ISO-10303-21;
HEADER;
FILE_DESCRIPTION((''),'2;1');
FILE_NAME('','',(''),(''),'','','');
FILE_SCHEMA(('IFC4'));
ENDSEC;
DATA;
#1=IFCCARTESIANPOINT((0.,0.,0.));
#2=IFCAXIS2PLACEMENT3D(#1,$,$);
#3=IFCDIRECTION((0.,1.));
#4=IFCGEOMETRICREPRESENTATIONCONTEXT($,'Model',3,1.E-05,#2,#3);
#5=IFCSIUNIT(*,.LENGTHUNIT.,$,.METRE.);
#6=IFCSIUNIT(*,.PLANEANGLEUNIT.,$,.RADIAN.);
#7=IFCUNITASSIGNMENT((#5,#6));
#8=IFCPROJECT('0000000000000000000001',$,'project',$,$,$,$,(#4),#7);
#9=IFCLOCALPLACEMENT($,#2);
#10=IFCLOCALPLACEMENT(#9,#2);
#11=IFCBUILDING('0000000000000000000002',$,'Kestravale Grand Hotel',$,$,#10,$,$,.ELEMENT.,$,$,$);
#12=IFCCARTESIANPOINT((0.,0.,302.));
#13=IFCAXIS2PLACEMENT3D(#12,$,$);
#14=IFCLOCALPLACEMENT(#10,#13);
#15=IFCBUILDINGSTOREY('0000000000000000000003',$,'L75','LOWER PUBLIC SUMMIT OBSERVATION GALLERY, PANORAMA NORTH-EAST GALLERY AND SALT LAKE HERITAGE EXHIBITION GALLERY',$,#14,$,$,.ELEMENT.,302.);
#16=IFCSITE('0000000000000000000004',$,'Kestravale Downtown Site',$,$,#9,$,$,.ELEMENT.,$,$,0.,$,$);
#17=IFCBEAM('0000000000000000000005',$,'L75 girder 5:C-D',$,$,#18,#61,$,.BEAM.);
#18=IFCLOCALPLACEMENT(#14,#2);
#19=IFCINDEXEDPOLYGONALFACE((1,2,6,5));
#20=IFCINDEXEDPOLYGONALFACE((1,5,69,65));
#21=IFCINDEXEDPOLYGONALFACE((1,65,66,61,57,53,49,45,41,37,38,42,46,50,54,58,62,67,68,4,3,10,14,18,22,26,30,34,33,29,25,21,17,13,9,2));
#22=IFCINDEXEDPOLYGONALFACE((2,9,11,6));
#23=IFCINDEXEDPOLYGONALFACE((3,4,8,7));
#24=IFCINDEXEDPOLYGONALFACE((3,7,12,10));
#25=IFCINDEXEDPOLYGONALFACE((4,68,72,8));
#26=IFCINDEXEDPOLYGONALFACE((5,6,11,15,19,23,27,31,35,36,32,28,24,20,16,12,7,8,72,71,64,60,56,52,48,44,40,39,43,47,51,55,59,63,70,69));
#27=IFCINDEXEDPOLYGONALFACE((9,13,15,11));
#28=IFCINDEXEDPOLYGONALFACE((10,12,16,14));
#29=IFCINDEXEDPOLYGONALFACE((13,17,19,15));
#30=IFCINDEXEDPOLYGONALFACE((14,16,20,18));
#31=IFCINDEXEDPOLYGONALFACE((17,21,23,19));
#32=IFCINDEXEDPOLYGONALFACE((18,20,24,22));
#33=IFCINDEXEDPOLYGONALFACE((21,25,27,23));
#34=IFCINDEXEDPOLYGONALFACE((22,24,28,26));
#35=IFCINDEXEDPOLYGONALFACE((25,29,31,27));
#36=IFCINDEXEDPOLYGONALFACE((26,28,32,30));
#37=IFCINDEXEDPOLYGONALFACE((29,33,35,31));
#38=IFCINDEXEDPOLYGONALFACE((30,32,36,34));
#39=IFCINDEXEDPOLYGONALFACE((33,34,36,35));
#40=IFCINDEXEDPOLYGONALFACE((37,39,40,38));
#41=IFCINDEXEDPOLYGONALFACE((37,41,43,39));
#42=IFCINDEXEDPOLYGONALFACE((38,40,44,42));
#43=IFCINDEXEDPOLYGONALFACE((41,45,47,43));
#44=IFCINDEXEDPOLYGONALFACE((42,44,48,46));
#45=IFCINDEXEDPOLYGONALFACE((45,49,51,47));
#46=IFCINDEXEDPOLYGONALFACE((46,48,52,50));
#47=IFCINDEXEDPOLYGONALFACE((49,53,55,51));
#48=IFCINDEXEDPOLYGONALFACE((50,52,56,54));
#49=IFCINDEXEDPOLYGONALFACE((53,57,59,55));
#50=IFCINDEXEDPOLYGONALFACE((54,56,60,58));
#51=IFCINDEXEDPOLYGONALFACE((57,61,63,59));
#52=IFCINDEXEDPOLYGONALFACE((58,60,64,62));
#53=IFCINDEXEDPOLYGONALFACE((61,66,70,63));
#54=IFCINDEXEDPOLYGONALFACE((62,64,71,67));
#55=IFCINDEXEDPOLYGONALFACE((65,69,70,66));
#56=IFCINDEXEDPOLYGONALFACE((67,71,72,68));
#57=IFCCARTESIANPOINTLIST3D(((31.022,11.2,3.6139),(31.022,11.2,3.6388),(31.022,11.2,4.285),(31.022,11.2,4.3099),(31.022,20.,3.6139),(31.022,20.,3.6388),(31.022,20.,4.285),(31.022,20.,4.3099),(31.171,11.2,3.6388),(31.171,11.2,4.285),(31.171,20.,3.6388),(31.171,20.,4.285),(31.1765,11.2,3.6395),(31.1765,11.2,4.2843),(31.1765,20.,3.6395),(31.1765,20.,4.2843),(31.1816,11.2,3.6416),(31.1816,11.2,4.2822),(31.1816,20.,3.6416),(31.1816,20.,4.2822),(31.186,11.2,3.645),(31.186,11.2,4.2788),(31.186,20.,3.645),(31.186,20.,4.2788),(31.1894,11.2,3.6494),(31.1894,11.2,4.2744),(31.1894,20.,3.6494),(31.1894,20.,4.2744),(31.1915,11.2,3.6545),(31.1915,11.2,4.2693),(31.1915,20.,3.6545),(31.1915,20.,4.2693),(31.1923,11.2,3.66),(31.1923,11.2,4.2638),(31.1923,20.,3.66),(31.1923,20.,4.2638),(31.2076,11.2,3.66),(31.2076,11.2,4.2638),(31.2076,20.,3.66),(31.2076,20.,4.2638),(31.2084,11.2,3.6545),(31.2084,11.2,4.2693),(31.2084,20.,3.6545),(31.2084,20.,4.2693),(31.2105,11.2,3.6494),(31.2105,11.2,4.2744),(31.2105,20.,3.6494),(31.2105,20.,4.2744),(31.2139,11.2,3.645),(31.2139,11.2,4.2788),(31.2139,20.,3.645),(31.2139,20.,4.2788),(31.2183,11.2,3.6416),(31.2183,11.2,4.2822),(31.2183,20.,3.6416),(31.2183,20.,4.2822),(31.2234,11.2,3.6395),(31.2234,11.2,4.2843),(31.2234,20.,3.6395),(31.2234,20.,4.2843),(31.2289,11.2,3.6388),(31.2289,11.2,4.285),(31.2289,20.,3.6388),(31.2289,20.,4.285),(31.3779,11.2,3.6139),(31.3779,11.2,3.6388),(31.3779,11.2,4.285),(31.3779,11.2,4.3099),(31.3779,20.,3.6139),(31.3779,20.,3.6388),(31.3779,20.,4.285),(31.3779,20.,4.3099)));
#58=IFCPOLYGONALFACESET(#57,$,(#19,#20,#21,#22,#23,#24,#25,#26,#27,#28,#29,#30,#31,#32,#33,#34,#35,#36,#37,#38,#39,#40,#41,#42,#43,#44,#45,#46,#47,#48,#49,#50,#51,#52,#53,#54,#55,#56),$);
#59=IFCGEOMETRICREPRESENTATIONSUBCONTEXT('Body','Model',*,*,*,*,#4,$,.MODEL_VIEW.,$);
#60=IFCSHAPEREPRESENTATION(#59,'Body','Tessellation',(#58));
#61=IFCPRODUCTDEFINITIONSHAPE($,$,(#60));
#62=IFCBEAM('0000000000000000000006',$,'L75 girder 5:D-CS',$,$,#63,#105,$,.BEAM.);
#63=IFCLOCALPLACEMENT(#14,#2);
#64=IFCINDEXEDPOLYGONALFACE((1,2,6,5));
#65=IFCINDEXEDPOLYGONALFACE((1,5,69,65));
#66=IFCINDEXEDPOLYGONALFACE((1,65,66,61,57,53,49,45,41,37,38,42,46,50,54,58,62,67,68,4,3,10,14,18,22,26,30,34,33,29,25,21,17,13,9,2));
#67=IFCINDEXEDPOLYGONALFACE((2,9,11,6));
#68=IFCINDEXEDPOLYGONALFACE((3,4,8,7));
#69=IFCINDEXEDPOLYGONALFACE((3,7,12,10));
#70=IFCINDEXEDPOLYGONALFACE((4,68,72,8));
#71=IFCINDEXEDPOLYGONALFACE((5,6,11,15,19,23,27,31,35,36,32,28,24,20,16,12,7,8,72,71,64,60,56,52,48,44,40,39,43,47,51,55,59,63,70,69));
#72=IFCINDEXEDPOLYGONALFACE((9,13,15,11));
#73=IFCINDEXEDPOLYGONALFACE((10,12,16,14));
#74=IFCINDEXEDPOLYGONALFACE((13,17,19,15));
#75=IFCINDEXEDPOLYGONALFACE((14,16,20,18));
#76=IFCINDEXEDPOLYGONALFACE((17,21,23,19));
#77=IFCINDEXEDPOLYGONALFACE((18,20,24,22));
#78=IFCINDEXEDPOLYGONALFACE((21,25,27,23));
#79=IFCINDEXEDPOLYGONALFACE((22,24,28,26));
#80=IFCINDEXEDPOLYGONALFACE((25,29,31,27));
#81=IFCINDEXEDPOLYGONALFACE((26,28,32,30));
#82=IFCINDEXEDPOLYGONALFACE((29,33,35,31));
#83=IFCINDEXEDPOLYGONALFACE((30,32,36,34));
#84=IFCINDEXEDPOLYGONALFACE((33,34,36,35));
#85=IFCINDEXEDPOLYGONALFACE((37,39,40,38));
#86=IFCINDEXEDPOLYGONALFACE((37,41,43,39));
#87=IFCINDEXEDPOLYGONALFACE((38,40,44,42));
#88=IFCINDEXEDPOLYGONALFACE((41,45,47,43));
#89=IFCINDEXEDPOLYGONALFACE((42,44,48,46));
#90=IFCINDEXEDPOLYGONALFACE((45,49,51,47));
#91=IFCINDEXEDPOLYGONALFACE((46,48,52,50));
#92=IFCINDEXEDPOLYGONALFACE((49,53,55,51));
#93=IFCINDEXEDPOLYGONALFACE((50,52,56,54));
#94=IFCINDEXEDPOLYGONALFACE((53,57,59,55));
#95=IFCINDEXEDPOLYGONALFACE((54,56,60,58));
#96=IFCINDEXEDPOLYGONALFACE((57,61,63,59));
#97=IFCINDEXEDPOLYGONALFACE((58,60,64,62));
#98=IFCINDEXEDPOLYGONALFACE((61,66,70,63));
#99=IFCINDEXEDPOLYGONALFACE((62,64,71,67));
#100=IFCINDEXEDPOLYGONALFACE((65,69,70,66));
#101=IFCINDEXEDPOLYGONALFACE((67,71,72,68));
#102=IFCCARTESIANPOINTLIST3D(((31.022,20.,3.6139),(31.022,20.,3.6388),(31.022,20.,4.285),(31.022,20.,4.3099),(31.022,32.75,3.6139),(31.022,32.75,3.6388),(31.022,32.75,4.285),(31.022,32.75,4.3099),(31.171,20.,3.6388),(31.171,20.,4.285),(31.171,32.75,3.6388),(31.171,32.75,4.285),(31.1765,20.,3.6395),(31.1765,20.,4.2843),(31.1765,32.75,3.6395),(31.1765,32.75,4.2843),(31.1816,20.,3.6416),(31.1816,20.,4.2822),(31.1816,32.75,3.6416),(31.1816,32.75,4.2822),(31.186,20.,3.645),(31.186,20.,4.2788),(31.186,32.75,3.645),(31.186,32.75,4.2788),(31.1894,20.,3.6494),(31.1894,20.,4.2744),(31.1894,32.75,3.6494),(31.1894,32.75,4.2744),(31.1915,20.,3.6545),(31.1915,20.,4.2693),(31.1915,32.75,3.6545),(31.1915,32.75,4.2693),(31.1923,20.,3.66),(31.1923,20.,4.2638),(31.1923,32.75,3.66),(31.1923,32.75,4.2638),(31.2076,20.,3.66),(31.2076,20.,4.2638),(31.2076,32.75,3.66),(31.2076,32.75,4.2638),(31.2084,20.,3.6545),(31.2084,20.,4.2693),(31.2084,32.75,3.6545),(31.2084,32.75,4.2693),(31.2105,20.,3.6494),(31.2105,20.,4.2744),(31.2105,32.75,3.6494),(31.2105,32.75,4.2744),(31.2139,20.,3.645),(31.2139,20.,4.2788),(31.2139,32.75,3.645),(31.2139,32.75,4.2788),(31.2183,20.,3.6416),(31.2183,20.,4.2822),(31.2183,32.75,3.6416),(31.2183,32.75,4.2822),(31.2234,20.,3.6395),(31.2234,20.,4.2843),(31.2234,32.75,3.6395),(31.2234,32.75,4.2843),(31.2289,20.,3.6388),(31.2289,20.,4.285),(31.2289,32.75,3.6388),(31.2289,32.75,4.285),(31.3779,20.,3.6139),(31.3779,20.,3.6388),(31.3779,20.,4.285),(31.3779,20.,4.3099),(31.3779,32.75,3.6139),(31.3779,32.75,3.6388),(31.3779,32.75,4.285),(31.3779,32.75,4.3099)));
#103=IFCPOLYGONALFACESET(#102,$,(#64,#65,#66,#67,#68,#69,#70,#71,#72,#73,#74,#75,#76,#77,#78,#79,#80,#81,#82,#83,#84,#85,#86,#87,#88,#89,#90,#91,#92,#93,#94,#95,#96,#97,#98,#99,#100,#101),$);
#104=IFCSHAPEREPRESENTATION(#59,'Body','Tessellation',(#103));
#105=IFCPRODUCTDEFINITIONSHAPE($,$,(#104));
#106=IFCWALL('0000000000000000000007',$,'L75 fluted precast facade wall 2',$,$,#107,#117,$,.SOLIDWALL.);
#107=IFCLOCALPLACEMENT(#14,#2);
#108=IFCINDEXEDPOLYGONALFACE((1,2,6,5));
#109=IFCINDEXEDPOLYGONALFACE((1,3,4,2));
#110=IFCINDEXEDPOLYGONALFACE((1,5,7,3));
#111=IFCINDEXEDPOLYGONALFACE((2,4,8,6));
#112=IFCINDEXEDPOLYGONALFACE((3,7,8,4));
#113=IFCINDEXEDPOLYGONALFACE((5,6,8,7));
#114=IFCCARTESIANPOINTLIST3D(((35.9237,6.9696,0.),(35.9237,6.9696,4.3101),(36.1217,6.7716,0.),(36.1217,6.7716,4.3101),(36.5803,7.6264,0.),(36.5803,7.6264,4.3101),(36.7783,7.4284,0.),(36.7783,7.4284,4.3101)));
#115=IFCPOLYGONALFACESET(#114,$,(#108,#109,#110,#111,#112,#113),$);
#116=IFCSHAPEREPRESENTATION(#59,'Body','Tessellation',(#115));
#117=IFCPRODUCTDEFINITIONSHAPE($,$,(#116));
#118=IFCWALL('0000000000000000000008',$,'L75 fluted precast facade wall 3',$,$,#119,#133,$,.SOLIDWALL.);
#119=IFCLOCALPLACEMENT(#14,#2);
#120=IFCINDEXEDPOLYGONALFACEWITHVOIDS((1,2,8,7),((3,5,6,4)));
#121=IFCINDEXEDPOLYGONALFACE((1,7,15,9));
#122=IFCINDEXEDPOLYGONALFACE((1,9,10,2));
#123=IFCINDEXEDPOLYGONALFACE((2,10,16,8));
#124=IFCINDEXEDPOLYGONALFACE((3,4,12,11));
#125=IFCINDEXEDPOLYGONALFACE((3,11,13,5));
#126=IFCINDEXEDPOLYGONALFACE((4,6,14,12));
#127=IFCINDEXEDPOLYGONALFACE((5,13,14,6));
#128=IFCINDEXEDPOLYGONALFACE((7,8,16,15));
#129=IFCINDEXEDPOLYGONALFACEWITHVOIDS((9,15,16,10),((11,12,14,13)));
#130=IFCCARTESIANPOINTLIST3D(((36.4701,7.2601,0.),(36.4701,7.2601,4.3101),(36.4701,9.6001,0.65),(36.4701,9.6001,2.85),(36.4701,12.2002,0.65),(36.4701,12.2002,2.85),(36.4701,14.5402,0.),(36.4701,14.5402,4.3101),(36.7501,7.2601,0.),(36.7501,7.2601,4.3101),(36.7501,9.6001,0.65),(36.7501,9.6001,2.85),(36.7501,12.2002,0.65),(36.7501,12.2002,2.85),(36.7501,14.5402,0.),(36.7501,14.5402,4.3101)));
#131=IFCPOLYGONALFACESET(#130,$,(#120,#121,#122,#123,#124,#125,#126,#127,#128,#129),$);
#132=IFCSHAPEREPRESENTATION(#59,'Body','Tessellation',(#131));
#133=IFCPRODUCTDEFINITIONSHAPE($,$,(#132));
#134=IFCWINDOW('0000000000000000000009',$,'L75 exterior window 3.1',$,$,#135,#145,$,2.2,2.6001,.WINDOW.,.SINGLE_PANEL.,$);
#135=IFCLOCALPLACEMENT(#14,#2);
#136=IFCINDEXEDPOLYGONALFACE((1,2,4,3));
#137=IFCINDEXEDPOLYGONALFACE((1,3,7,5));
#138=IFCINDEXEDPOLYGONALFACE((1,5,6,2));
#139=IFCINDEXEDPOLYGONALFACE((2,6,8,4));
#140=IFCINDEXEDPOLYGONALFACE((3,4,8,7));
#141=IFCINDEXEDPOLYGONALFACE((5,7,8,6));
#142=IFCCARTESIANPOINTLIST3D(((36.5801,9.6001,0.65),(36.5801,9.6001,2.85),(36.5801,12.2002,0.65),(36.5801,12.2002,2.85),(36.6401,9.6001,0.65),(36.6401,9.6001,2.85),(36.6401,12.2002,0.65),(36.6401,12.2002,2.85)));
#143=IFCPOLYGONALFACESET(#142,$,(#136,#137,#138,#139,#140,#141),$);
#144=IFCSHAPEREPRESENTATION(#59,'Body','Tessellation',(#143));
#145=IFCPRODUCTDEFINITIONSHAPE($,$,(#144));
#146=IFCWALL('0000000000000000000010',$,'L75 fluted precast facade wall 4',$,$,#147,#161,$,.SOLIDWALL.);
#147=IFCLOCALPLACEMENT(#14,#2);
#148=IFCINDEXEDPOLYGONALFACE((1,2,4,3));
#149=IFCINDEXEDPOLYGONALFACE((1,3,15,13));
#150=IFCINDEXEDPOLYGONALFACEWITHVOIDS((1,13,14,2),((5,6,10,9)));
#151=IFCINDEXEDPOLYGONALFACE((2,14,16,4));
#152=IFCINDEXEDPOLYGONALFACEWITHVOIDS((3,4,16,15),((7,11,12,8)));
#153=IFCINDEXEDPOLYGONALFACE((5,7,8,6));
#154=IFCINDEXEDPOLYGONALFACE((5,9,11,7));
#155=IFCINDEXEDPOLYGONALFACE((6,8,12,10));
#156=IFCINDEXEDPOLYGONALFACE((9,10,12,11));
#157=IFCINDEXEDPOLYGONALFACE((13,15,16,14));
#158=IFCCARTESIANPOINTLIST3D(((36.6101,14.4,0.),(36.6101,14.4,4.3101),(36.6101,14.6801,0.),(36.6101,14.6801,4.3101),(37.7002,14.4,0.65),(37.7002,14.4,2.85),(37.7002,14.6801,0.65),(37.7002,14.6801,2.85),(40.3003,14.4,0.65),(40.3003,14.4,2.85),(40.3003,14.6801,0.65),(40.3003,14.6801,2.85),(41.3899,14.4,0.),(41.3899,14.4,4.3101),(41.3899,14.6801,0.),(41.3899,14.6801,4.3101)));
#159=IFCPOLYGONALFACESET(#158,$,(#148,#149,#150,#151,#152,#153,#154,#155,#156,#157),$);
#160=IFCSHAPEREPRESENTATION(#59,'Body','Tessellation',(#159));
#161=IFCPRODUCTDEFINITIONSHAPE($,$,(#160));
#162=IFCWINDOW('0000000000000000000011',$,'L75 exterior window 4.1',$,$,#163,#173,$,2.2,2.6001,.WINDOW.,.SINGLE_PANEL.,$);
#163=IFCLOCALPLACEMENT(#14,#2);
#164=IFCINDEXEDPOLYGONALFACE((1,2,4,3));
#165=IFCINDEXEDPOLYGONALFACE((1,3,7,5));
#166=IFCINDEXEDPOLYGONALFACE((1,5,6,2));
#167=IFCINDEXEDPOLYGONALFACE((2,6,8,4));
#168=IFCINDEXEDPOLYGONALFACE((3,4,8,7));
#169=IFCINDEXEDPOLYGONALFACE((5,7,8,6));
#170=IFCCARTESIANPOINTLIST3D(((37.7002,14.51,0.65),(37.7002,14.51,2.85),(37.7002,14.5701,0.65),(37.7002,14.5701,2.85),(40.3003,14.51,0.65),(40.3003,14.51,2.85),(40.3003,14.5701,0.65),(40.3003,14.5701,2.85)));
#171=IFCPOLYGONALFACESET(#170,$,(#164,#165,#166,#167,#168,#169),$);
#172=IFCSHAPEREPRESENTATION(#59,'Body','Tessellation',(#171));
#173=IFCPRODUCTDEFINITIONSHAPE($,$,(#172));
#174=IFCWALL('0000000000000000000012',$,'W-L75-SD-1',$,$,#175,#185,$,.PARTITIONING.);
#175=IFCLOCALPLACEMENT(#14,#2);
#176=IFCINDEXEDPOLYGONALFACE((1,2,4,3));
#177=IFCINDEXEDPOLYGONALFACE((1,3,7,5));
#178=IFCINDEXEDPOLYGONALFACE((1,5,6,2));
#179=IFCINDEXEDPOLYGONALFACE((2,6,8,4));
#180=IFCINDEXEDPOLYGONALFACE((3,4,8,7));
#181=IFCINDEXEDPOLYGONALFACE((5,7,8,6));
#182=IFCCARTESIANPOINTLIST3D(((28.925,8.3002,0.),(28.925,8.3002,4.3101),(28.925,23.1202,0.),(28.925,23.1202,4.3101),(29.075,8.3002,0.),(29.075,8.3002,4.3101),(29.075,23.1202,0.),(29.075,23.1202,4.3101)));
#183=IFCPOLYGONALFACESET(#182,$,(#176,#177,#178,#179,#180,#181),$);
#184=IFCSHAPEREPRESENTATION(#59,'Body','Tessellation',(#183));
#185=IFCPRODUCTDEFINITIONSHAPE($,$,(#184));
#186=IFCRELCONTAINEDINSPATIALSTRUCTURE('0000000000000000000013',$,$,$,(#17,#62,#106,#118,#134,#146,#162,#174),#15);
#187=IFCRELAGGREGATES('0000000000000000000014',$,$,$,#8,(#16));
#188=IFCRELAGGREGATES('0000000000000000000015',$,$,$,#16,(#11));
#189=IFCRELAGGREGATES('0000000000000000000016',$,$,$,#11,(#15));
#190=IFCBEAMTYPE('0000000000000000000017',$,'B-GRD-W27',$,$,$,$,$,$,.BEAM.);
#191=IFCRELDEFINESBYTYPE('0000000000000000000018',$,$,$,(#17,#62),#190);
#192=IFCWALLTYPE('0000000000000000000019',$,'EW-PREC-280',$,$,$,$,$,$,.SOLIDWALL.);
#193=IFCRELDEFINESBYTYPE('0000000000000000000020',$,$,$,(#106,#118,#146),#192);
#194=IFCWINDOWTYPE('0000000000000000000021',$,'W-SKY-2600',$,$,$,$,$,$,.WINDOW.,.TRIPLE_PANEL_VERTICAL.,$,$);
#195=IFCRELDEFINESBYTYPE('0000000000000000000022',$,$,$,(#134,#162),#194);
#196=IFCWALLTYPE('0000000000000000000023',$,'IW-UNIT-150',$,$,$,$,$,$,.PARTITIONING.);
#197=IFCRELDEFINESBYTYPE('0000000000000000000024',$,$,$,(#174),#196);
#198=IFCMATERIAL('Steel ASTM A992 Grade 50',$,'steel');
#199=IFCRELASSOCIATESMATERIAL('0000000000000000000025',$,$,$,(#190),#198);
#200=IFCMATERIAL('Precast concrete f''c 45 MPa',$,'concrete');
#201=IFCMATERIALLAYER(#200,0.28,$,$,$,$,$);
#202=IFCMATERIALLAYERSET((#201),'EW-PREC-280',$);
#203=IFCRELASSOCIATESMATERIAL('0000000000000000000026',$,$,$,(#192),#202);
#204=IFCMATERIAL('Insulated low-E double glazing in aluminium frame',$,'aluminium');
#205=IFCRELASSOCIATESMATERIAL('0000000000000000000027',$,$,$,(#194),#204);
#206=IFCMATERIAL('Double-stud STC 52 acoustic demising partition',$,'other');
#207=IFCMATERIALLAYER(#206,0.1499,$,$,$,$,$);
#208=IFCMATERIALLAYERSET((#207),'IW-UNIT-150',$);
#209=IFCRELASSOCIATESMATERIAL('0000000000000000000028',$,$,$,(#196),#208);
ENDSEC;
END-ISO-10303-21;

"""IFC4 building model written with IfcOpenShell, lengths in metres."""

from ifc_helpers import new_model, si_unit, direction, frame, frame_2d, origin, origin_2d, place, context, subcontext, project, spatial, rectangle, i_section, extrude, material, layer, layer_set, material_profile, profile_set, type_object, element, fill, save


model = new_model("IFC4")

# Units and contexts
model_context = context("Model", 3, precision=1e-05, world=origin(), true_north=direction((0.0, 1.0)))
body_context = subcontext(model_context, "Body", "Model", "MODEL_VIEW")
ifc_project = project(units=[si_unit("LENGTHUNIT", "METRE"), si_unit("PLANEANGLEUNIT", "RADIAN")], contexts=[model_context])

# Site, building, storey
site_placement = place(None, origin())
site = spatial("IfcSite", under=ifc_project, at=site_placement, Name="Kestravale Downtown Site", CompositionType="ELEMENT", RefElevation=0.0)
building_placement = place(site_placement, origin())
building = spatial("IfcBuilding", under=site, at=building_placement, Name="Kestravale Grand Hotel", CompositionType="ELEMENT")
storey_placement = place(building_placement, frame((0.0, 0.0, 302.0)))
storey = spatial("IfcBuildingStorey", under=building, at=storey_placement, Name="L75", Description="LOWER PUBLIC SUMMIT OBSERVATION GALLERY, PANORAMA NORTH-EAST GALLERY AND SALT LAKE HERITAGE EXHIBITION GALLERY", CompositionType="ELEMENT", Elevation=302.0)

# Beams
ifc_material_1 = material(Name="Steel ASTM A992 Grade 50", Category="steel")
ifc_material_profile_1 = material_profile(ifc_material_1, i_section(OverallWidth=0.356, OverallDepth=0.696, WebThickness=0.0154, FlangeThickness=0.0249, FilletRadius=0.0212, at=origin_2d()))
ifc_profile_set_1 = profile_set([ifc_material_profile_1], Name="Steel ASTM A992 Grade 50")
beam_type_1 = type_object("IfcBeamType", Name="B-GRD-W27", PredefinedType="BEAM", material=ifc_profile_set_1)
beam_1_placement = place(storey_placement, frame((31.2, 11.2, 3.9619), z_axis=(0.0, 1.0, 0.0), x_axis=(-1.0, 0.0, 0.0)))
element("IfcBeam", 1, at=beam_1_placement, inside=storey, type_object=beam_type_1, Name="L75 girder 5:C-D", PredefinedType="BEAM", context=body_context, shape_type="SweptSolid", body=[
    extrude(i_section(OverallWidth=0.356, OverallDepth=0.696, WebThickness=0.0154, FlangeThickness=0.0249, FilletRadius=0.0212, at=origin_2d()), origin(), (0.0, 0.0, 1.0), 8.8),
])
beam_2_placement = place(storey_placement, frame((31.2, 20.0, 3.9619), z_axis=(0.0, 1.0, 0.0), x_axis=(-1.0, 0.0, 0.0)))
element("IfcBeam", 2, at=beam_2_placement, inside=storey, type_object=beam_type_1, Name="L75 girder 5:D-CS", PredefinedType="BEAM", context=body_context, shape_type="SweptSolid", body=[
    extrude(i_section(OverallWidth=0.356, OverallDepth=0.696, WebThickness=0.0154, FlangeThickness=0.0249, FilletRadius=0.0212, at=origin_2d()), origin(), (0.0, 0.0, 1.0), 12.75),
])

# Wall
ifc_material_2 = material(Name="Precast concrete f'c 45 MPa", Category="concrete")
ifc_layer_1 = layer(ifc_material_2, 0.28)
ifc_layer_set_1 = layer_set([ifc_layer_1], Name="EW-PREC-280")
wall_type_1 = type_object("IfcWallType", Name="EW-PREC-280", PredefinedType="SOLIDWALL", material=ifc_layer_set_1)
wall_1_placement = place(storey_placement, frame((36.0227, 6.8706, 0.0), z_axis=(0.0, 0.0, 1.0), x_axis=(0.706975, 0.707238, 0.0)))
element("IfcWall", 3, at=wall_1_placement, inside=storey, type_object=wall_type_1, Name="L75 fluted precast facade wall 2", PredefinedType="SOLIDWALL", context=body_context, shape_type="SweptSolid", body=[
    extrude(rectangle(XDim=0.9287, YDim=0.28, at=frame_2d((0.4644, 0.0))), origin(), (0.0, 0.0, 1.0), 4.3101),
])

# Walls, openings, windows
wall_2_placement = place(storey_placement, frame((36.6101, 7.26, 0.0), z_axis=(0.0, 0.0, 1.0), x_axis=(0.0, 1.0, 0.0)))
wall_2 = element("IfcWall", 4, at=wall_2_placement, inside=storey, type_object=wall_type_1, Name="L75 fluted precast facade wall 3", PredefinedType="SOLIDWALL", context=body_context, shape_type="SweptSolid", body=[
    extrude(rectangle(XDim=7.28, YDim=0.28, at=frame_2d((3.6401, 0.0))), origin(), (0.0, 0.0, 1.0), 4.3101),
])
opening_1_placement = place(wall_2_placement, frame((2.3401, 0.0, 0.6499)))
opening_1 = element("IfcOpeningElement", 5, at=opening_1_placement, cuts=wall_2, PredefinedType="OPENING", context=body_context, shape_type="SweptSolid", body=[
    extrude(rectangle(XDim=2.6001, YDim=2.2, at=frame_2d((1.3, 1.1001))), frame((0.0, 0.1499, 0.0), z_axis=(0.0, -1.0, 0.0), x_axis=(1.0, 0.0, 0.0)), (0.0, 0.0, 1.0), 0.3),
])
ifc_material_3 = material(Name="Insulated low-E double glazing in aluminium frame", Category="aluminium")
window_type = type_object("IfcWindowType", Name="W-SKY-2600", PartitioningType="TRIPLE_PANEL_VERTICAL", PredefinedType="WINDOW", material=ifc_material_3)
window_1_placement = place(opening_1_placement, origin())
window_1 = element("IfcWindow", 6, at=window_1_placement, inside=storey, type_object=window_type, Name="L75 exterior window 3.1", OverallHeight=2.2, OverallWidth=2.6001, PartitioningType="SINGLE_PANEL", PredefinedType="WINDOW", context=body_context, shape_type="SweptSolid", body=[
    extrude(rectangle(XDim=2.6001, YDim=2.2, at=frame_2d((1.3, 1.1001))), frame((0.0, 0.03, 0.0), z_axis=(0.0, -1.0, 0.0), x_axis=(1.0, 0.0, 0.0)), (0.0, 0.0, 1.0), 0.0601),
])
fill(opening_1, window_1)
wall_3_placement = place(storey_placement, frame((36.6101, 14.54, 0.0), z_axis=(0.0, 0.0, 1.0), x_axis=(1.0, 0.0, 0.0)))
wall_3 = element("IfcWall", 7, at=wall_3_placement, inside=storey, type_object=wall_type_1, Name="L75 fluted precast facade wall 4", PredefinedType="SOLIDWALL", context=body_context, shape_type="SweptSolid", body=[
    extrude(rectangle(XDim=4.7798, YDim=0.28, at=frame_2d((2.3899, 0.0))), origin(), (0.0, 0.0, 1.0), 4.3101),
])
opening_2_placement = place(wall_3_placement, frame((1.0901, 0.0, 0.6499)))
opening_2 = element("IfcOpeningElement", 8, at=opening_2_placement, cuts=wall_3, PredefinedType="OPENING", context=body_context, shape_type="SweptSolid", body=[
    extrude(rectangle(XDim=2.6001, YDim=2.2, at=frame_2d((1.3, 1.1001))), frame((0.0, 0.1499, 0.0), z_axis=(0.0, -1.0, 0.0), x_axis=(1.0, 0.0, 0.0)), (0.0, 0.0, 1.0), 0.3),
])
window_2_placement = place(opening_2_placement, origin())
window_2 = element("IfcWindow", 9, at=window_2_placement, inside=storey, type_object=window_type, Name="L75 exterior window 4.1", OverallHeight=2.2, OverallWidth=2.6001, PartitioningType="SINGLE_PANEL", PredefinedType="WINDOW", context=body_context, shape_type="SweptSolid", body=[
    extrude(rectangle(XDim=2.6001, YDim=2.2, at=frame_2d((1.3, 1.1001))), frame((0.0, 0.03, 0.0), z_axis=(0.0, -1.0, 0.0), x_axis=(1.0, 0.0, 0.0)), (0.0, 0.0, 1.0), 0.0601),
])
fill(opening_2, window_2)

# Wall
ifc_material_4 = material(Name="Double-stud STC 52 acoustic demising partition", Category="other")
ifc_layer_2 = layer(ifc_material_4, 0.1499)
ifc_layer_set_2 = layer_set([ifc_layer_2], Name="IW-UNIT-150")
wall_type_2 = type_object("IfcWallType", Name="IW-UNIT-150", PredefinedType="PARTITIONING", material=ifc_layer_set_2)
wall_4_placement = place(storey_placement, frame((29.0, 8.3, 0.0), z_axis=(0.0, 0.0, 1.0), x_axis=(0.0, 1.0, 0.0)))
element("IfcWall", 10, at=wall_4_placement, inside=storey, type_object=wall_type_2, Name="W-L75-SD-1", PredefinedType="PARTITIONING", context=body_context, shape_type="SweptSolid", body=[
    extrude(rectangle(XDim=14.8201, YDim=0.1499, at=frame_2d((7.4102, 0.0))), origin(), (0.0, 0.0, 1.0), 4.3101),
])

save(model, "model.ifc")
